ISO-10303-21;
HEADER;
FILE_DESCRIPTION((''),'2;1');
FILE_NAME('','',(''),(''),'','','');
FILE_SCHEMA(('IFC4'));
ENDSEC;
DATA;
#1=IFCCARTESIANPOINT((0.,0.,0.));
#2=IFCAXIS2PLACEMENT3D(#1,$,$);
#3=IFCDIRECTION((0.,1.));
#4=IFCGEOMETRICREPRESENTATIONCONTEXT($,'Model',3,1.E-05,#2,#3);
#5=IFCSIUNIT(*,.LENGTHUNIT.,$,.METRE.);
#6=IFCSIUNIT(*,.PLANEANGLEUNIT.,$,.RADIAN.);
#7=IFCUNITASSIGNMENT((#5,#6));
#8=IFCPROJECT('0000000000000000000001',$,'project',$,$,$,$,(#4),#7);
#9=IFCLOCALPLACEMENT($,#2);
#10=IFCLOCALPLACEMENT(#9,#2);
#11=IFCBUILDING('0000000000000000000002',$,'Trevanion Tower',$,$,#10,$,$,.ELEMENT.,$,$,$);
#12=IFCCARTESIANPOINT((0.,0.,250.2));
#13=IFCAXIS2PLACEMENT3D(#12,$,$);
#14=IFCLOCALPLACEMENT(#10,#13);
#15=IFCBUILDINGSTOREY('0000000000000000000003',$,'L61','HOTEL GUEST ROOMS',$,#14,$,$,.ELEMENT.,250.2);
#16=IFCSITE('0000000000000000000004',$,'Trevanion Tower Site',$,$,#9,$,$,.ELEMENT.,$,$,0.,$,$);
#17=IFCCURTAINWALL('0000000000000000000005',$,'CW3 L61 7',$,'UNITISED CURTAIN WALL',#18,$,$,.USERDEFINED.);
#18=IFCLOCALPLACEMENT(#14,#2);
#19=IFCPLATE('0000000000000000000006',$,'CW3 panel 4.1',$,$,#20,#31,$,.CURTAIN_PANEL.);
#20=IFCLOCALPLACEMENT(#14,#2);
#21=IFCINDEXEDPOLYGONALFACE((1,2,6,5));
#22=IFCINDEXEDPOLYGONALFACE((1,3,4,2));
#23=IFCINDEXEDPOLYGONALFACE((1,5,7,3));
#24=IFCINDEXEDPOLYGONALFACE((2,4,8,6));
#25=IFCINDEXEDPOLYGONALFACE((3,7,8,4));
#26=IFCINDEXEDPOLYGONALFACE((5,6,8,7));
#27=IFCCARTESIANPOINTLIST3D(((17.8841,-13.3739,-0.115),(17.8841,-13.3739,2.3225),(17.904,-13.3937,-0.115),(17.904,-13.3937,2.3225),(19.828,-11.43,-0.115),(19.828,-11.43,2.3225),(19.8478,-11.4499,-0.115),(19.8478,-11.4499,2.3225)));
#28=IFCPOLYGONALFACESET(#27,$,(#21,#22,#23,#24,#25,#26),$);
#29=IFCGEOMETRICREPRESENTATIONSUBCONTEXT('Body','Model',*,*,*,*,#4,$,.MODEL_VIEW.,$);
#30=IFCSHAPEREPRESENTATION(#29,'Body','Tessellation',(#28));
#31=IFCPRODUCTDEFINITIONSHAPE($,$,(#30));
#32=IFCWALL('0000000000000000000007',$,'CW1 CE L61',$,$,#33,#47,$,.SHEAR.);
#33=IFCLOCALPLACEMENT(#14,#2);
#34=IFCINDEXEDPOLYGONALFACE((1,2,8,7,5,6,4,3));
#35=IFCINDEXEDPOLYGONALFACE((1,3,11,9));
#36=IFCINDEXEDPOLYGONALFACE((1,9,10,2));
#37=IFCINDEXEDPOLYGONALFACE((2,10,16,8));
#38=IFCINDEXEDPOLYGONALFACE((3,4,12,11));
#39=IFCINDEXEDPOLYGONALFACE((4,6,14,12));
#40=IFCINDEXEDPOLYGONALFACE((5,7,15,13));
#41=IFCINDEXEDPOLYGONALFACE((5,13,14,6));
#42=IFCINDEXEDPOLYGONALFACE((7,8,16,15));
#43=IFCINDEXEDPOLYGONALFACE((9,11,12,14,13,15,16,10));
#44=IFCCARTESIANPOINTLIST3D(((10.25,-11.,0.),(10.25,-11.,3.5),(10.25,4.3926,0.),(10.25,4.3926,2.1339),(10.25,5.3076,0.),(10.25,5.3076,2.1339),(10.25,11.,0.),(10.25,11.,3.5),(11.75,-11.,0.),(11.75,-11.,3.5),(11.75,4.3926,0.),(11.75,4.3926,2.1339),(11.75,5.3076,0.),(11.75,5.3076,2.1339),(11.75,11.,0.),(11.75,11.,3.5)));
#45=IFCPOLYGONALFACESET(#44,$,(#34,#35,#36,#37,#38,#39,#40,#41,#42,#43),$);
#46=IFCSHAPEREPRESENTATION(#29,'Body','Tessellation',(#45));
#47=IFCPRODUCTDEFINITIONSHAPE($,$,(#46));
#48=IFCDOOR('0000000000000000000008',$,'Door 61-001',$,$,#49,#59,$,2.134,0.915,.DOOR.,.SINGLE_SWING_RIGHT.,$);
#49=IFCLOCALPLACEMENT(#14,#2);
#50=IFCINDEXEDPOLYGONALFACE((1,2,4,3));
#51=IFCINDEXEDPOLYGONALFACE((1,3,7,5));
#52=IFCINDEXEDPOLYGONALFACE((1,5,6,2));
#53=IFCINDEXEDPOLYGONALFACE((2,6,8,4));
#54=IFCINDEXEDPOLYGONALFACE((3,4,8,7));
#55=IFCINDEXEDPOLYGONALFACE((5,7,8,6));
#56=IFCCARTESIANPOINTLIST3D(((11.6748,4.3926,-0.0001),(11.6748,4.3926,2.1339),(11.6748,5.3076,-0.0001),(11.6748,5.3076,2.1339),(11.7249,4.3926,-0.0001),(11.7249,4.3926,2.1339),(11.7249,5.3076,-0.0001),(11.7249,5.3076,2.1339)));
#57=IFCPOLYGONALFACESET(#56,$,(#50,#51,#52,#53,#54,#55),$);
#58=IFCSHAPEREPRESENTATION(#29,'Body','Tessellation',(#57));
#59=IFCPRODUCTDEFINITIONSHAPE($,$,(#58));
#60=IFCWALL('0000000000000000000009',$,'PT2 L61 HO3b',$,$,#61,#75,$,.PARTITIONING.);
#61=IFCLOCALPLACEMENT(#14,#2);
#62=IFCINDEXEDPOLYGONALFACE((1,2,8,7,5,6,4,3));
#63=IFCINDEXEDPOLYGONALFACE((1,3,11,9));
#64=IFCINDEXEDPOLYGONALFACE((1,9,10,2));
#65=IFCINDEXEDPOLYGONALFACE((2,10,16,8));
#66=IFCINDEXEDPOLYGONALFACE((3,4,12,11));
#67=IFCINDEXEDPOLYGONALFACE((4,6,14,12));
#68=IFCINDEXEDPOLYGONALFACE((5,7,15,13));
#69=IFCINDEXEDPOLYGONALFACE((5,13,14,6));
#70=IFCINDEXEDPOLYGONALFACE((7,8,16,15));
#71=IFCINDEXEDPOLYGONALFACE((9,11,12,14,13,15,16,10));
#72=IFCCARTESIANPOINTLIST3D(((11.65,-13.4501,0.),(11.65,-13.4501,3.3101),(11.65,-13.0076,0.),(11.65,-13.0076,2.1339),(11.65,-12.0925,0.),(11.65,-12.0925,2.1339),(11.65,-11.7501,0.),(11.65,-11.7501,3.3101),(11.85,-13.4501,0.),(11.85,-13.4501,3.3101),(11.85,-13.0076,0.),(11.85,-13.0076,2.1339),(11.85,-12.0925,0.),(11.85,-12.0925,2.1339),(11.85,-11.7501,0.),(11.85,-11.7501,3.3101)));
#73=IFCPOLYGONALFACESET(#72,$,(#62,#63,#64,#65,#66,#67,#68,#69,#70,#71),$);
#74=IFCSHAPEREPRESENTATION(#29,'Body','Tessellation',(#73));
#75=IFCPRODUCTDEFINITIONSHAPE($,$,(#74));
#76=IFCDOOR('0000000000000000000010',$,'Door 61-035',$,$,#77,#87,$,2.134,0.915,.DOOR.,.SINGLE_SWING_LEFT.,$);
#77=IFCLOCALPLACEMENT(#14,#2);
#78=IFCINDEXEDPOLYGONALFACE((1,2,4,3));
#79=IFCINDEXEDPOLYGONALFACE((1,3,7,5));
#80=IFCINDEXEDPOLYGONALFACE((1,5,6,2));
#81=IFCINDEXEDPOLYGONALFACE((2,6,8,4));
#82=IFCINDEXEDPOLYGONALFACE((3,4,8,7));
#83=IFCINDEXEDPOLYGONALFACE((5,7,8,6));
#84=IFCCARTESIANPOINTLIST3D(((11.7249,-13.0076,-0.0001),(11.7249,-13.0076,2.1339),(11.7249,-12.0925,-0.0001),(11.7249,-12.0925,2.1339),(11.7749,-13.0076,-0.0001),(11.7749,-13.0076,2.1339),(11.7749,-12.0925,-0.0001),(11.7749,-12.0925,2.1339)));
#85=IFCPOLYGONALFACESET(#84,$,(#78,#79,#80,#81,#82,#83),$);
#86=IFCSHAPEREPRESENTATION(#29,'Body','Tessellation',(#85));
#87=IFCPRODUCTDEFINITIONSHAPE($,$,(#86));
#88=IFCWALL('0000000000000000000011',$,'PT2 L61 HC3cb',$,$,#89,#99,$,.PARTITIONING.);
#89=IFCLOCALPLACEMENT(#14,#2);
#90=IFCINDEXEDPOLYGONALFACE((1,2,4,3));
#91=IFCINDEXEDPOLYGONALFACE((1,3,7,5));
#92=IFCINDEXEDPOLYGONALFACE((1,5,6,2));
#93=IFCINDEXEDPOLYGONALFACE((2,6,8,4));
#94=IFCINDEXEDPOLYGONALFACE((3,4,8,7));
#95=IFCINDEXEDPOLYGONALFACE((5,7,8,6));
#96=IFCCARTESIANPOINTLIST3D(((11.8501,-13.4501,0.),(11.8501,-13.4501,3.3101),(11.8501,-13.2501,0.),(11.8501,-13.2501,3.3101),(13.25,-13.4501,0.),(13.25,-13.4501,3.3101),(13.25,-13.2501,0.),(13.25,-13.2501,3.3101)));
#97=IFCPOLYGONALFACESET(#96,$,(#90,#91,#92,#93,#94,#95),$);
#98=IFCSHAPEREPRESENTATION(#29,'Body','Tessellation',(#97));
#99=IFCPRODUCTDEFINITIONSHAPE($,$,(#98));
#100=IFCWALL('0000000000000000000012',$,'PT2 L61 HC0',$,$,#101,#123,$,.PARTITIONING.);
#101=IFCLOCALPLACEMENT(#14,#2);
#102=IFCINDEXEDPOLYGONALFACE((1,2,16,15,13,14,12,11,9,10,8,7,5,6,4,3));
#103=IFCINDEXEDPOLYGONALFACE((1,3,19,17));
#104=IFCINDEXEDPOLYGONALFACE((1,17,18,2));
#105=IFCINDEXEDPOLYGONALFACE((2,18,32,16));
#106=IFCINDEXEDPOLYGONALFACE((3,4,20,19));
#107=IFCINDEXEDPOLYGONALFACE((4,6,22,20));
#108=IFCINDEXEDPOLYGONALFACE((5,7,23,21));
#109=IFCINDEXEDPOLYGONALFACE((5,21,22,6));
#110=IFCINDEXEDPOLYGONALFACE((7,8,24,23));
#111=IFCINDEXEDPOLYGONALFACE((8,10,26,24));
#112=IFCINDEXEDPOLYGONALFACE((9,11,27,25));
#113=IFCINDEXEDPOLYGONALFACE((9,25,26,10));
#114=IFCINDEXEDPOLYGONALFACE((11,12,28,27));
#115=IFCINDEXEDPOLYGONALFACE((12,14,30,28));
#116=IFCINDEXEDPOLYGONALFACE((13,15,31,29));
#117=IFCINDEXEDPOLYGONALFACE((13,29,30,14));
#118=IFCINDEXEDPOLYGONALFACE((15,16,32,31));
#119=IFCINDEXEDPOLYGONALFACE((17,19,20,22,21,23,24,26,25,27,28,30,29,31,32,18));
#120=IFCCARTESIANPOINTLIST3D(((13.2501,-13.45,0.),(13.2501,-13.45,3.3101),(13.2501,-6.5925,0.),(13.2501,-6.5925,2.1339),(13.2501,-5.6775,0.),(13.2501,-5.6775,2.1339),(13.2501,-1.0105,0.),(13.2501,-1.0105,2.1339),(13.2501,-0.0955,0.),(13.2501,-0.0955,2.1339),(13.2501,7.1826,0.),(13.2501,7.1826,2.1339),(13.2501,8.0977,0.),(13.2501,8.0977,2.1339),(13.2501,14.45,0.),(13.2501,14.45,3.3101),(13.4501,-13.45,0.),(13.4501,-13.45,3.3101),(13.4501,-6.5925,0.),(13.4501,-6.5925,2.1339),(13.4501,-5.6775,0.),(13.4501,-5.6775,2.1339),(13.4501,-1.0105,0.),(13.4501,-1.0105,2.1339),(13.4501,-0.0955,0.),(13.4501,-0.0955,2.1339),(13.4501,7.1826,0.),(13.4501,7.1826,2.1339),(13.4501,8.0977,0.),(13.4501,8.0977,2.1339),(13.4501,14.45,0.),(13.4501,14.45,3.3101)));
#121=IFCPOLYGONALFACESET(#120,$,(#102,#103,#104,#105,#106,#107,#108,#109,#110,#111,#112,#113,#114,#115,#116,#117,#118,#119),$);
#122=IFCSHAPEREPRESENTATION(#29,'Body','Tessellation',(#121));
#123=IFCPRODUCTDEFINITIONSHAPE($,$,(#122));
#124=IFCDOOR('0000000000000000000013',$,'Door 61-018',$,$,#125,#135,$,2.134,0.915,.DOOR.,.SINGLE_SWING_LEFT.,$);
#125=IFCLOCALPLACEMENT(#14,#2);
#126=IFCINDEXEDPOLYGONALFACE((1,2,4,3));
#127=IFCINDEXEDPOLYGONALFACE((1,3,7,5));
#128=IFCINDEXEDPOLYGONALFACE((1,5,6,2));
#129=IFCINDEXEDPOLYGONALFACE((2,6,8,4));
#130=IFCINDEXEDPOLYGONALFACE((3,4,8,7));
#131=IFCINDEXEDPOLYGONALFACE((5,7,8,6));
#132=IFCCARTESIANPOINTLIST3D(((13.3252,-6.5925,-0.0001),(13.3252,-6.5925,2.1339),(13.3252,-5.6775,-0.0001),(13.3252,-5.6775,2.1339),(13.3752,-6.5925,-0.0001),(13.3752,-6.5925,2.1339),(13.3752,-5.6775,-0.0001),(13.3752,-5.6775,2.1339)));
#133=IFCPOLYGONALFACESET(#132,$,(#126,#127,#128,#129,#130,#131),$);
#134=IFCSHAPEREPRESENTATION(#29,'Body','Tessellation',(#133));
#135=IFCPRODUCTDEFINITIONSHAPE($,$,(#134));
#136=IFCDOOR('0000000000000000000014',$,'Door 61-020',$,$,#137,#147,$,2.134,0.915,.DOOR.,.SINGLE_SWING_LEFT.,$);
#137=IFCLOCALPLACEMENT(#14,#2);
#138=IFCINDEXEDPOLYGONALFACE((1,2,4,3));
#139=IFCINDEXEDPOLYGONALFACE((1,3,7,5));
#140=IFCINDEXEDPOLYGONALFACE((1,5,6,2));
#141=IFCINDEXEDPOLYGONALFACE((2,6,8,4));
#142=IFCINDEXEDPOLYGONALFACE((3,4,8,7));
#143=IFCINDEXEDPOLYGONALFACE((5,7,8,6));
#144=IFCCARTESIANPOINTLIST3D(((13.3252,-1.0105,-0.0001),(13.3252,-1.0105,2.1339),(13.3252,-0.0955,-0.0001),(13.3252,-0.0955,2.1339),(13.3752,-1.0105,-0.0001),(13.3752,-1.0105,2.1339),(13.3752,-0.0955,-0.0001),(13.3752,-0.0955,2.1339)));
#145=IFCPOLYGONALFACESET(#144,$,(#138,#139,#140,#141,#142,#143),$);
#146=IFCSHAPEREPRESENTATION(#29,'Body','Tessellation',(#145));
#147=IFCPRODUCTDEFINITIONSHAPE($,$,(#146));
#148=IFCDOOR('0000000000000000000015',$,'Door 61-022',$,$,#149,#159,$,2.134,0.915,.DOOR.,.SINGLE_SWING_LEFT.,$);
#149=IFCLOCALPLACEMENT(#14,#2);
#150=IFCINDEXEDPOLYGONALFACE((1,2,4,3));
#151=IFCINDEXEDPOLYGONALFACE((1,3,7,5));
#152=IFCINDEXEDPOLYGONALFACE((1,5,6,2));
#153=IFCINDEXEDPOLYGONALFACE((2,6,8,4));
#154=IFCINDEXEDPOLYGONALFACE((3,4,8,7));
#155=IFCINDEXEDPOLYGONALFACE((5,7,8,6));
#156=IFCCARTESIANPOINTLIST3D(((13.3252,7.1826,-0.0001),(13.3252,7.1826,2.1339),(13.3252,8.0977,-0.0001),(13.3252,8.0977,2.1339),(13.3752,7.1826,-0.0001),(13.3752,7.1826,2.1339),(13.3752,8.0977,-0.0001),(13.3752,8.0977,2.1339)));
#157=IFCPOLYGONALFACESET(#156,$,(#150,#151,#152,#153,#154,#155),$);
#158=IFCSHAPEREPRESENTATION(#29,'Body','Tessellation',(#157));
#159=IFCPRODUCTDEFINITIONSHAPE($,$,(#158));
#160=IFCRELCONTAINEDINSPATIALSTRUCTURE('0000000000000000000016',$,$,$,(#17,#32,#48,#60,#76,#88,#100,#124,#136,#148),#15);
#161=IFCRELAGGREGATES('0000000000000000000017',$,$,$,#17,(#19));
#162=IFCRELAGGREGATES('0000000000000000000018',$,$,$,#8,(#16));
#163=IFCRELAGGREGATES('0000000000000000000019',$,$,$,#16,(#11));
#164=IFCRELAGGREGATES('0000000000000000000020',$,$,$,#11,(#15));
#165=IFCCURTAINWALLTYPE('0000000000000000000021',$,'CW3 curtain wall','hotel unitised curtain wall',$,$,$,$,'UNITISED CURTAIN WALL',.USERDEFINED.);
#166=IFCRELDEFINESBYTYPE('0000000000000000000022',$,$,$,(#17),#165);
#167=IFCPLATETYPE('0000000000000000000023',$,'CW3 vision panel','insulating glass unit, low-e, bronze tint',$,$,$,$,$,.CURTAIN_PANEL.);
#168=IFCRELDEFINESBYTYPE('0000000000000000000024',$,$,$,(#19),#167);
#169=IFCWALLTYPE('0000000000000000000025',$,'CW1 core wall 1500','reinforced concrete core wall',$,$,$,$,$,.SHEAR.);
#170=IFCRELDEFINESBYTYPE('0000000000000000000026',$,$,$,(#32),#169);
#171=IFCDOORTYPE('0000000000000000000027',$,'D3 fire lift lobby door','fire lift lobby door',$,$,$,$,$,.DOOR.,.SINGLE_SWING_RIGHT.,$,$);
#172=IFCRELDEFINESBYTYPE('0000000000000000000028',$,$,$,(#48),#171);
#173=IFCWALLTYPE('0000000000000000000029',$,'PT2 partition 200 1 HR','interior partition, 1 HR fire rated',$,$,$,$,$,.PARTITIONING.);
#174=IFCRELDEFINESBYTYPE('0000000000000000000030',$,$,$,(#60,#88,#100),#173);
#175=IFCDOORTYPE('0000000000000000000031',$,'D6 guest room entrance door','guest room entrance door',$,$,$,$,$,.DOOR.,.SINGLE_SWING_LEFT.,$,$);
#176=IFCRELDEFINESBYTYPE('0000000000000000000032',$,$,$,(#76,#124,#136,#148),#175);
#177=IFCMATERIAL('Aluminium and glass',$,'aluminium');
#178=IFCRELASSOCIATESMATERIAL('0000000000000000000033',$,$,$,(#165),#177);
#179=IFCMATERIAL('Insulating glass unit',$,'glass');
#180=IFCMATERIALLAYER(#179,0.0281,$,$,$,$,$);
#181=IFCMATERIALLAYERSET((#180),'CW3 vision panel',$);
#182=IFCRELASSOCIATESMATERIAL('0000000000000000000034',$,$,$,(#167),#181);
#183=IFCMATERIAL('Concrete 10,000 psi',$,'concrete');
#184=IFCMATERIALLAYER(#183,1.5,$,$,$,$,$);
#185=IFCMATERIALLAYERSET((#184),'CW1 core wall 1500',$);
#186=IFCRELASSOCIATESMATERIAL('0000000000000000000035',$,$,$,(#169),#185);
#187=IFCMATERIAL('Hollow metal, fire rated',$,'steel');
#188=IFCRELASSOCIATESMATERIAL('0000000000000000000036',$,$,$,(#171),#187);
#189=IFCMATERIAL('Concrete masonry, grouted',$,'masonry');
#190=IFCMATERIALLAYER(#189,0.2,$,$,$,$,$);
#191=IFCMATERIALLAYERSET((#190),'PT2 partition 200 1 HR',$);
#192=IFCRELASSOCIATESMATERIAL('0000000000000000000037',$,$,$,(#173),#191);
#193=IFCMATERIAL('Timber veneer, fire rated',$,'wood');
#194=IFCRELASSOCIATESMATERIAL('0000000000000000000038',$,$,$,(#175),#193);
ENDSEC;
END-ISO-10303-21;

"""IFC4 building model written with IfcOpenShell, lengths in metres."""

from ifc_helpers import new_model, si_unit, direction, frame, frame_2d, origin, origin_2d, place, context, subcontext, project, spatial, rectangle, extrude, material, layer, layer_set, type_object, element, fill, aggregate, save


model = new_model("IFC4")

# Units and contexts
model_context = context("Model", 3, precision=1e-05, world=origin(), true_north=direction((0.0, 1.0)))
body_context = subcontext(model_context, "Body", "Model", "MODEL_VIEW")
ifc_project = project(units=[si_unit("LENGTHUNIT", "METRE"), si_unit("PLANEANGLEUNIT", "RADIAN")], contexts=[model_context])

# Site, building, storey
site_placement = place(None, origin())
site = spatial("IfcSite", under=ifc_project, at=site_placement, Name="Trevanion Tower Site", CompositionType="ELEMENT", RefElevation=0.0)
building_placement = place(site_placement, origin())
building = spatial("IfcBuilding", under=site, at=building_placement, Name="Trevanion Tower", CompositionType="ELEMENT")
storey_placement = place(building_placement, frame((0.0, 0.0, 250.2)))
storey = spatial("IfcBuildingStorey", under=building, at=storey_placement, Name="L61", Description="HOTEL GUEST ROOMS", CompositionType="ELEMENT", Elevation=250.2)

# Curtain wall
ifc_material_1 = material(Name="Aluminium and glass", Category="aluminium")
curtain_wall_type = type_object("IfcCurtainWallType", Name="CW3 curtain wall", Description="hotel unitised curtain wall", ElementType="UNITISED CURTAIN WALL", PredefinedType="USERDEFINED", material=ifc_material_1)
curtain_wall_1_placement = place(storey_placement, origin())
curtain_wall_1 = element("IfcCurtainWall", 1, at=curtain_wall_1_placement, inside=storey, type_object=curtain_wall_type, Name="CW3 L61 7", ObjectType="UNITISED CURTAIN WALL", PredefinedType="USERDEFINED")

# Plate
ifc_material_2 = material(Name="Insulating glass unit", Category="glass")
ifc_layer_1 = layer(ifc_material_2, 0.0281)
ifc_layer_set_1 = layer_set([ifc_layer_1], Name="CW3 vision panel")
plate_type_1 = type_object("IfcPlateType", Name="CW3 vision panel", Description="insulating glass unit, low-e, bronze tint", PredefinedType="CURTAIN_PANEL", material=ifc_layer_set_1)
plate_1_placement = place(storey_placement, frame((18.866, -12.4119, -0.115), z_axis=(0.0, 0.0, 1.0), x_axis=(0.707107, 0.707107, 0.0)))
plate_1 = element("IfcPlate", 2, at=plate_1_placement, type_object=plate_type_1, Name="CW3 panel 4.1", PredefinedType="CURTAIN_PANEL", context=body_context, shape_type="SweptSolid", body=[
    extrude(rectangle(XDim=2.749, YDim=0.0281, at=origin_2d()), origin(), (0.0, 0.0, 1.0), 2.4375),
])
aggregate(curtain_wall_1, [plate_1])

# Walls, openings, doors
ifc_material_3 = material(Name="Concrete 10,000 psi", Category="concrete")
ifc_layer_2 = layer(ifc_material_3, 1.5)
ifc_layer_set_2 = layer_set([ifc_layer_2], Name="CW1 core wall 1500")
wall_type_1 = type_object("IfcWallType", Name="CW1 core wall 1500", Description="reinforced concrete core wall", PredefinedType="SHEAR", material=ifc_layer_set_2)
wall_1_placement = place(storey_placement, frame((11.0, -11.0, 0.0), z_axis=(0.0, 0.0, 1.0), x_axis=(0.0, 1.0, 0.0)))
wall_1 = element("IfcWall", 3, at=wall_1_placement, inside=storey, type_object=wall_type_1, Name="CW1 CE L61", PredefinedType="SHEAR", context=body_context, shape_type="SweptSolid", body=[
    extrude(rectangle(XDim=22.0, YDim=1.5, at=frame_2d((11.0, 0.0))), origin(), (0.0, 0.0, 1.0), 3.5),
])
opening_1_placement = place(wall_1_placement, frame((15.3926, 0.0, 0.0)))
opening_1 = element("IfcOpeningElement", 4, at=opening_1_placement, cuts=wall_1, PredefinedType="OPENING", context=body_context, shape_type="SweptSolid", body=[
    extrude(rectangle(XDim=0.915, YDim=2.134, at=frame_2d((0.4575, 1.0669))), frame((0.0, 0.76, 0.0), z_axis=(0.0, -1.0, 0.0), x_axis=(1.0, 0.0, 0.0)), (0.0, 0.0, 1.0), 1.52),
])
ifc_material_4 = material(Name="Hollow metal, fire rated", Category="steel")
door_type_1 = type_object("IfcDoorType", Name="D3 fire lift lobby door", Description="fire lift lobby door", OperationType="SINGLE_SWING_RIGHT", PredefinedType="DOOR", material=ifc_material_4)
door_1_placement = place(opening_1_placement, origin())
door_1 = element("IfcDoor", 5, at=door_1_placement, inside=storey, type_object=door_type_1, Name="Door 61-001", OperationType="SINGLE_SWING_RIGHT", OverallHeight=2.134, OverallWidth=0.915, PredefinedType="DOOR", context=body_context, shape_type="SweptSolid", body=[
    extrude(rectangle(XDim=0.915, YDim=2.134, at=frame_2d((0.4575, 1.0669))), frame((0.0, -0.6748, 0.0), z_axis=(0.0, -1.0, 0.0), x_axis=(1.0, 0.0, 0.0)), (0.0, 0.0, 1.0), 0.05),
])
fill(opening_1, door_1)
ifc_material_5 = material(Name="Concrete masonry, grouted", Category="masonry")
ifc_layer_3 = layer(ifc_material_5, 0.2)
ifc_layer_set_3 = layer_set([ifc_layer_3], Name="PT2 partition 200 1 HR")
wall_type_2 = type_object("IfcWallType", Name="PT2 partition 200 1 HR", Description="interior partition, 1 HR fire rated", PredefinedType="PARTITIONING", material=ifc_layer_set_3)
wall_2_placement = place(storey_placement, frame((11.75, -11.75, 0.0), z_axis=(0.0, 0.0, 1.0), x_axis=(0.0, -1.0, 0.0)))
wall_2 = element("IfcWall", 6, at=wall_2_placement, inside=storey, type_object=wall_type_2, Name="PT2 L61 HO3b", PredefinedType="PARTITIONING", context=body_context, shape_type="SweptSolid", body=[
    extrude(rectangle(XDim=1.7, YDim=0.2, at=frame_2d((0.8501, 0.0))), origin(), (0.0, 0.0, 1.0), 3.3101),
])
opening_2_placement = place(wall_2_placement, frame((0.3425, 0.0, 0.0)))
opening_2 = element("IfcOpeningElement", 7, at=opening_2_placement, cuts=wall_2, PredefinedType="OPENING", context=body_context, shape_type="SweptSolid", body=[
    extrude(rectangle(XDim=0.915, YDim=2.134, at=frame_2d((0.4575, 1.0669))), frame((0.0, 0.1099, 0.0), z_axis=(0.0, -1.0, 0.0), x_axis=(1.0, 0.0, 0.0)), (0.0, 0.0, 1.0), 0.22),
])
ifc_material_6 = material(Name="Timber veneer, fire rated", Category="wood")
door_type_2 = type_object("IfcDoorType", Name="D6 guest room entrance door", Description="guest room entrance door", OperationType="SINGLE_SWING_LEFT", PredefinedType="DOOR", material=ifc_material_6)
door_2_placement = place(opening_2_placement, origin())
door_2 = element("IfcDoor", 8, at=door_2_placement, inside=storey, type_object=door_type_2, Name="Door 61-035", OperationType="SINGLE_SWING_LEFT", OverallHeight=2.134, OverallWidth=0.915, PredefinedType="DOOR", context=body_context, shape_type="SweptSolid", body=[
    extrude(rectangle(XDim=0.915, YDim=2.134, at=frame_2d((0.4575, 1.0669))), frame((0.0, 0.0249, 0.0), z_axis=(0.0, -1.0, 0.0), x_axis=(1.0, 0.0, 0.0)), (0.0, 0.0, 1.0), 0.05),
])
fill(opening_2, door_2)

# Wall
wall_3_placement = place(storey_placement, frame((11.8501, -13.3501, 0.0), z_axis=(0.0, 0.0, 1.0), x_axis=(1.0, 0.0, 0.0)))
element("IfcWall", 9, at=wall_3_placement, inside=storey, type_object=wall_type_2, Name="PT2 L61 HC3cb", PredefinedType="PARTITIONING", context=body_context, shape_type="SweptSolid", body=[
    extrude(rectangle(XDim=1.3999, YDim=0.2, at=frame_2d((0.7, 0.0))), origin(), (0.0, 0.0, 1.0), 3.3101),
])

# Wall, openings, doors
wall_4_placement = place(storey_placement, frame((13.3501, -13.45, 0.0), z_axis=(0.0, 0.0, 1.0), x_axis=(0.0, 1.0, 0.0)))
wall_4 = element("IfcWall", 10, at=wall_4_placement, inside=storey, type_object=wall_type_2, Name="PT2 L61 HC0", PredefinedType="PARTITIONING", context=body_context, shape_type="SweptSolid", body=[
    extrude(rectangle(XDim=27.8999, YDim=0.2, at=frame_2d((13.95, 0.0))), origin(), (0.0, 0.0, 1.0), 3.3101),
])
opening_3_placement = place(wall_4_placement, frame((6.8574, 0.0, 0.0)))
opening_3 = element("IfcOpeningElement", 11, at=opening_3_placement, cuts=wall_4, PredefinedType="OPENING", context=body_context, shape_type="SweptSolid", body=[
    extrude(rectangle(XDim=0.915, YDim=2.134, at=frame_2d((0.4575, 1.0669))), frame((0.0, 0.1099, 0.0), z_axis=(0.0, -1.0, 0.0), x_axis=(1.0, 0.0, 0.0)), (0.0, 0.0, 1.0), 0.22),
])
opening_4_placement = place(wall_4_placement, frame((12.4395, 0.0, 0.0)))
opening_4 = element("IfcOpeningElement", 12, at=opening_4_placement, cuts=wall_4, PredefinedType="OPENING", context=body_context, shape_type="SweptSolid", body=[
    extrude(rectangle(XDim=0.915, YDim=2.134, at=frame_2d((0.4575, 1.0669))), frame((0.0, 0.1099, 0.0), z_axis=(0.0, -1.0, 0.0), x_axis=(1.0, 0.0, 0.0)), (0.0, 0.0, 1.0), 0.22),
])
opening_5_placement = place(wall_4_placement, frame((20.6326, 0.0, 0.0)))
opening_5 = element("IfcOpeningElement", 13, at=opening_5_placement, cuts=wall_4, PredefinedType="OPENING", context=body_context, shape_type="SweptSolid", body=[
    extrude(rectangle(XDim=0.915, YDim=2.134, at=frame_2d((0.4575, 1.0669))), frame((0.0, 0.1099, 0.0), z_axis=(0.0, -1.0, 0.0), x_axis=(1.0, 0.0, 0.0)), (0.0, 0.0, 1.0), 0.22),
])
door_3_placement = place(opening_3_placement, origin())
door_3 = element("IfcDoor", 14, at=door_3_placement, inside=storey, type_object=door_type_2, Name="Door 61-018", OperationType="SINGLE_SWING_LEFT", OverallHeight=2.134, OverallWidth=0.915, PredefinedType="DOOR", context=body_context, shape_type="SweptSolid", body=[
    extrude(rectangle(XDim=0.915, YDim=2.134, at=frame_2d((0.4575, 1.0669))), frame((0.0, 0.0249, 0.0), z_axis=(0.0, -1.0, 0.0), x_axis=(1.0, 0.0, 0.0)), (0.0, 0.0, 1.0), 0.05),
])
fill(opening_3, door_3)
door_4_placement = place(opening_4_placement, origin())
door_4 = element("IfcDoor", 15, at=door_4_placement, inside=storey, type_object=door_type_2, Name="Door 61-020", OperationType="SINGLE_SWING_LEFT", OverallHeight=2.134, OverallWidth=0.915, PredefinedType="DOOR", context=body_context, shape_type="SweptSolid", body=[
    extrude(rectangle(XDim=0.915, YDim=2.134, at=frame_2d((0.4575, 1.0669))), frame((0.0, 0.0249, 0.0), z_axis=(0.0, -1.0, 0.0), x_axis=(1.0, 0.0, 0.0)), (0.0, 0.0, 1.0), 0.05),
])
fill(opening_4, door_4)
door_5_placement = place(opening_5_placement, origin())
door_5 = element("IfcDoor", 16, at=door_5_placement, inside=storey, type_object=door_type_2, Name="Door 61-022", OperationType="SINGLE_SWING_LEFT", OverallHeight=2.134, OverallWidth=0.915, PredefinedType="DOOR", context=body_context, shape_type="SweptSolid", body=[
    extrude(rectangle(XDim=0.915, YDim=2.134, at=frame_2d((0.4575, 1.0669))), frame((0.0, 0.0249, 0.0), z_axis=(0.0, -1.0, 0.0), x_axis=(1.0, 0.0, 0.0)), (0.0, 0.0, 1.0), 0.05),
])
fill(opening_5, door_5)

save(model, "model.ifc")
